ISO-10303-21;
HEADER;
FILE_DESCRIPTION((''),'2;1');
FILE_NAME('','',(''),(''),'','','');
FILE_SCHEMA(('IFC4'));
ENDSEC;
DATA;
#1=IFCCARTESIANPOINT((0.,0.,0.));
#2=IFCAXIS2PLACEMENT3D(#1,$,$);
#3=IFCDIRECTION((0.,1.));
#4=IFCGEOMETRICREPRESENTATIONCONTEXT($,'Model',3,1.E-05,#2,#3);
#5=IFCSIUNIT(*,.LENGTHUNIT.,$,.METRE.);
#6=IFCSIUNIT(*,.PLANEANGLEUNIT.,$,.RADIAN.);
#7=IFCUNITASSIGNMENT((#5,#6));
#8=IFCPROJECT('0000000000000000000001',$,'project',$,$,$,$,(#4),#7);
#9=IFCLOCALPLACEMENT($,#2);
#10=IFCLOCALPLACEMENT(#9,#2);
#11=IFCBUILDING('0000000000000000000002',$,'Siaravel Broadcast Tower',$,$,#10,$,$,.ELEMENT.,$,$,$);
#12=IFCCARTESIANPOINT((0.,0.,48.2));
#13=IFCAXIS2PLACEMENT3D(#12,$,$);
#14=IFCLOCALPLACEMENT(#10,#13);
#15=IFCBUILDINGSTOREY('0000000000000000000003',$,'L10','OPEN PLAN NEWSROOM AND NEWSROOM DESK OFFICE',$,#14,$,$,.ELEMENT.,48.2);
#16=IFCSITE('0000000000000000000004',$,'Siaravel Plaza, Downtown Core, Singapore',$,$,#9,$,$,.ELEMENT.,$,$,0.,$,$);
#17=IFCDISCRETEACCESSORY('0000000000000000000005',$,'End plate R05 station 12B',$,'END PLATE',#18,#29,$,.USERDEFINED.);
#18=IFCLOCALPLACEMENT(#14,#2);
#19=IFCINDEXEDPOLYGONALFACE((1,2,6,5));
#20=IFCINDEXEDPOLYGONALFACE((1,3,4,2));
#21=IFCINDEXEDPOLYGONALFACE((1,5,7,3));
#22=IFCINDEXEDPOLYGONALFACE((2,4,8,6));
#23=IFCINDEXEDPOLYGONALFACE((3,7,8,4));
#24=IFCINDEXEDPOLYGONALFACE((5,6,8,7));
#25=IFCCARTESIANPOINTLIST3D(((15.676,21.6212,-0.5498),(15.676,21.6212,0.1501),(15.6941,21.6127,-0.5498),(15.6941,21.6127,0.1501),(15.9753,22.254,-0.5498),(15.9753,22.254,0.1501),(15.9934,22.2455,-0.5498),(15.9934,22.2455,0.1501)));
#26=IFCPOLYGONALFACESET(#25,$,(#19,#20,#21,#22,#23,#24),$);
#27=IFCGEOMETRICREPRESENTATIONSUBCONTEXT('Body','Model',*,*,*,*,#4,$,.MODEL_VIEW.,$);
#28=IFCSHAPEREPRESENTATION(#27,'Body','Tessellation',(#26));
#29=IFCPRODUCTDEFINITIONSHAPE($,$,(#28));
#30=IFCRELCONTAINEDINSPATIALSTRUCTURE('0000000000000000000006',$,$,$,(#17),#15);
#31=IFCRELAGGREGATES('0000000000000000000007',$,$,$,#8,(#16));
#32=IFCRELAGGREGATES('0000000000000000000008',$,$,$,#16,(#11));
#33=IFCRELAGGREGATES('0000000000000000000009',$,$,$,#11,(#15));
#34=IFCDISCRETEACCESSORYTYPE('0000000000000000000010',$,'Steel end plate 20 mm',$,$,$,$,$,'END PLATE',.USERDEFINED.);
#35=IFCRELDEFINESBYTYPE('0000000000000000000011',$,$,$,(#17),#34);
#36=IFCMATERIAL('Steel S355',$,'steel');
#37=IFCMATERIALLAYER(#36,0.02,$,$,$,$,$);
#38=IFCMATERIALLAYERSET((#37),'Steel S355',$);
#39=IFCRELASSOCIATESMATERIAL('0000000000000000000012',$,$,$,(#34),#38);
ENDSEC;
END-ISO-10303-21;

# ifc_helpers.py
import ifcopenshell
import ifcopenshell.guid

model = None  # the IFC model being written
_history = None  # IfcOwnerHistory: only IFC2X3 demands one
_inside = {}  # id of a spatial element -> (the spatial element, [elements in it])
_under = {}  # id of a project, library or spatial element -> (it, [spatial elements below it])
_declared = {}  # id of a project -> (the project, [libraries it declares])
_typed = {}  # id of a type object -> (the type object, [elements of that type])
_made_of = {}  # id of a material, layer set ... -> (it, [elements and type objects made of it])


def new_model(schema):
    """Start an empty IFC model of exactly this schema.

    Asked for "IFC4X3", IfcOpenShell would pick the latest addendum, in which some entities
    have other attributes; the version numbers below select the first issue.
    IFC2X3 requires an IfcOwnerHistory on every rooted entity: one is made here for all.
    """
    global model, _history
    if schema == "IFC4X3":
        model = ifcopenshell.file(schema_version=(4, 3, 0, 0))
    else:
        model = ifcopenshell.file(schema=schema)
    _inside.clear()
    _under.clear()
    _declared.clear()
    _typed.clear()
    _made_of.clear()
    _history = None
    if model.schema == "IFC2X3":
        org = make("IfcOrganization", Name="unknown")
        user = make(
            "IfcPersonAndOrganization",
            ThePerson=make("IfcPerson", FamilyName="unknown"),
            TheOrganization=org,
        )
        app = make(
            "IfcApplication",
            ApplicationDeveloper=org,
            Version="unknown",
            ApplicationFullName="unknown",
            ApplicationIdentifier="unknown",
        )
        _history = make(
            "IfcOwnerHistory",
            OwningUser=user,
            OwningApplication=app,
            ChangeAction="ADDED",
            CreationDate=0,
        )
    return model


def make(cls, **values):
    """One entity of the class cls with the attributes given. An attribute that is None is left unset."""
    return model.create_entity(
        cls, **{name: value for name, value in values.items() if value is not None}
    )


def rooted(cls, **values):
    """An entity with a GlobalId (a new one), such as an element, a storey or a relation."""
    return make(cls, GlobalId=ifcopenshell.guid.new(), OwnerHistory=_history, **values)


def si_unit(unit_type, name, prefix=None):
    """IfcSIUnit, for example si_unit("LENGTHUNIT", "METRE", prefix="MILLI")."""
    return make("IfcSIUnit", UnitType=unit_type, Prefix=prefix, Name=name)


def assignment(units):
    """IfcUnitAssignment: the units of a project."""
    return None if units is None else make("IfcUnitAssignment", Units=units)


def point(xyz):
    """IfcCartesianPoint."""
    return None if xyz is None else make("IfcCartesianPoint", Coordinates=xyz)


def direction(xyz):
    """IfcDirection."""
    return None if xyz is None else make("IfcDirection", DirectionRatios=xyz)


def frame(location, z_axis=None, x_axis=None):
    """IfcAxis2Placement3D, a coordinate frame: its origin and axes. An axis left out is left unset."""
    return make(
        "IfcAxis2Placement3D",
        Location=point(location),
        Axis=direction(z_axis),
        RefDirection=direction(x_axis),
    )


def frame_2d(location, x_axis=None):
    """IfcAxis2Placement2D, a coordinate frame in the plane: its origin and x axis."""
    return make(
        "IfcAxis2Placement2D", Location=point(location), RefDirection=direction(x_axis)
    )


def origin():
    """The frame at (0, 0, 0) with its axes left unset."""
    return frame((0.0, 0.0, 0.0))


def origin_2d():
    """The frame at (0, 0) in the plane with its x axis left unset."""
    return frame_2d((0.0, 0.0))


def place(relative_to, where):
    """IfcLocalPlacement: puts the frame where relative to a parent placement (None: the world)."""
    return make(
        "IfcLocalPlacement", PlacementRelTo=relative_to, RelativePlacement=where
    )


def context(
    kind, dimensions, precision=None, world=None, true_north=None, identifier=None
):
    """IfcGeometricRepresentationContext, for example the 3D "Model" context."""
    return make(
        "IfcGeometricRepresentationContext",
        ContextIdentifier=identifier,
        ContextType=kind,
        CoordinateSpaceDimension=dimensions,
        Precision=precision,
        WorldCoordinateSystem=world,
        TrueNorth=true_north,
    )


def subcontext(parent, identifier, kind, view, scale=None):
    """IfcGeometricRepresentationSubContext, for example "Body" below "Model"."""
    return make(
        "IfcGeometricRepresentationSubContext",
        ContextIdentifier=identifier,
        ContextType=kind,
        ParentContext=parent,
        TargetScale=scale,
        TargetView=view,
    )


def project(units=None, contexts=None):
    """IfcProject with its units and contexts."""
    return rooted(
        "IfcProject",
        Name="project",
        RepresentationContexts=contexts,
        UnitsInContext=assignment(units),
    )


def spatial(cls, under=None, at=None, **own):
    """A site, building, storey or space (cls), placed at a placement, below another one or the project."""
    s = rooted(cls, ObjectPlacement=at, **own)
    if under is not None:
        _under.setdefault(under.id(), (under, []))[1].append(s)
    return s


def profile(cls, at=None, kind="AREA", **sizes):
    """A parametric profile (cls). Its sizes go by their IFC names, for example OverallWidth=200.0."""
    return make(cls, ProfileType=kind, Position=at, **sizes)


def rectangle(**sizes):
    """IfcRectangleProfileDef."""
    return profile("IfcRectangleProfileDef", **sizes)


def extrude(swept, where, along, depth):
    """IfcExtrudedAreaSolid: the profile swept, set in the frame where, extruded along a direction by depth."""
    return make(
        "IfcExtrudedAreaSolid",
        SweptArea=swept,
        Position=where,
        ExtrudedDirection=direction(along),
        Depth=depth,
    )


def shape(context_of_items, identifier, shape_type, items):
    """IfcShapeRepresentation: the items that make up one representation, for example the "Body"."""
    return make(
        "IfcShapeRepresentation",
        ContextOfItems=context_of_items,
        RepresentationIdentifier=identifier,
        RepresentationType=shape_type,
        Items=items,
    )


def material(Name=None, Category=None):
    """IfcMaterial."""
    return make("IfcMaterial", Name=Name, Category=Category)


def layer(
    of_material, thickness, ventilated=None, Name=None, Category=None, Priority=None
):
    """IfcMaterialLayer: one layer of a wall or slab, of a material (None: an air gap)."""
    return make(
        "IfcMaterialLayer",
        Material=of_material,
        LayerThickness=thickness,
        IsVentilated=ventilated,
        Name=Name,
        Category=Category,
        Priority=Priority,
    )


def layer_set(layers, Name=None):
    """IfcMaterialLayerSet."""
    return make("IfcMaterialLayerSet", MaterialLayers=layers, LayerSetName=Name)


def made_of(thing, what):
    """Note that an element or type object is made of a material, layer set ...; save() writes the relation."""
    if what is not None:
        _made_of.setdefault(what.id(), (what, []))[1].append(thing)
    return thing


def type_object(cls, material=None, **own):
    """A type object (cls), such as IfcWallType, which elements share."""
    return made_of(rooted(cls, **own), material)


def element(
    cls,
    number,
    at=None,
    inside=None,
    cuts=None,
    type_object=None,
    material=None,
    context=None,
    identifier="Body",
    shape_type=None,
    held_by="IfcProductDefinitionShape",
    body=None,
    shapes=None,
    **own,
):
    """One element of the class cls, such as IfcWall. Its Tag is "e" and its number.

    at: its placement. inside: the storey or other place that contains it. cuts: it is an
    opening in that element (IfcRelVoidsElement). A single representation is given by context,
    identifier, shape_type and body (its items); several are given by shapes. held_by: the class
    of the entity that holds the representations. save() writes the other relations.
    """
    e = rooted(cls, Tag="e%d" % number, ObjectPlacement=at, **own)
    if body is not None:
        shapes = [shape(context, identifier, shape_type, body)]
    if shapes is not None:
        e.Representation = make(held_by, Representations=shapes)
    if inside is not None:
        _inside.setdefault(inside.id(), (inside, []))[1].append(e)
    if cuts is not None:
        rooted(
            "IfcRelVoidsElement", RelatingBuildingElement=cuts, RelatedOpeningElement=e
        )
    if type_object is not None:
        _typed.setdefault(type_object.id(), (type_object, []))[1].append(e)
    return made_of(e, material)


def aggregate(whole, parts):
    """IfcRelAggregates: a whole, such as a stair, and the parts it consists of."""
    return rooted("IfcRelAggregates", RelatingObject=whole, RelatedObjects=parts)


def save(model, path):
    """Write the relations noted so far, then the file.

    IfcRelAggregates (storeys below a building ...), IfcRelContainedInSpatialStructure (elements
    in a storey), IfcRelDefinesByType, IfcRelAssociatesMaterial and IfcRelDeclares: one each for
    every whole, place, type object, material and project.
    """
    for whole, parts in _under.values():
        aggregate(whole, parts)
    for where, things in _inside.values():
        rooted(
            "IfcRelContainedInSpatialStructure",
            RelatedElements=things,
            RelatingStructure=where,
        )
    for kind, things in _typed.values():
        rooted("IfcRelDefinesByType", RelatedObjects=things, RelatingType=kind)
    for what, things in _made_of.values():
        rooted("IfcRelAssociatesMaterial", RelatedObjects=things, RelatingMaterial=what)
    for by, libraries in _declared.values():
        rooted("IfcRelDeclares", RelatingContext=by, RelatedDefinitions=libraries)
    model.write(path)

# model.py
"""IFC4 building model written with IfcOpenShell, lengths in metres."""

from ifc_helpers import new_model, si_unit, direction, frame, origin, origin_2d, place, context, subcontext, project, spatial, rectangle, extrude, material, layer, layer_set, type_object, element, save


model = new_model("IFC4")

# Units and contexts
model_context = context("Model", 3, precision=1e-05, world=origin(), true_north=direction((0.0, 1.0)))
body_context = subcontext(model_context, "Body", "Model", "MODEL_VIEW")
ifc_project = project(units=[si_unit("LENGTHUNIT", "METRE"), si_unit("PLANEANGLEUNIT", "RADIAN")], contexts=[model_context])

# Site, building, storey
site_placement = place(None, origin())
site = spatial("IfcSite", under=ifc_project, at=site_placement, Name="Siaravel Plaza, Downtown Core, Singapore", CompositionType="ELEMENT", RefElevation=0.0)
building_placement = place(site_placement, origin())
building = spatial("IfcBuilding", under=site, at=building_placement, Name="Siaravel Broadcast Tower", CompositionType="ELEMENT")
storey_placement = place(building_placement, frame((0.0, 0.0, 48.2)))
storey = spatial("IfcBuildingStorey", under=building, at=storey_placement, Name="L10", Description="OPEN PLAN NEWSROOM AND NEWSROOM DESK OFFICE", CompositionType="ELEMENT", Elevation=48.2)

# Shared definitions
ifc_material_1 = material(Name="Steel S355", Category="steel")

# Discrete accessory
ifc_layer_1 = layer(ifc_material_1, 0.02)
ifc_layer_set_1 = layer_set([ifc_layer_1], Name="Steel S355")
discrete_accessory_type_1 = type_object("IfcDiscreteAccessoryType", Name="Steel end plate 20 mm", ElementType="END PLATE", PredefinedType="USERDEFINED", material=ifc_layer_set_1)
for number, where, z_axis, x_axis, name in (
    (1, (15.8347, 21.9333, -0.5498), (0.0, 0.0, 1.0), (-0.904006, 0.427519, 0.0), "End plate R05 station 12B"),
):
    element("IfcDiscreteAccessory", number, at=place(storey_placement, frame(where, z_axis=z_axis, x_axis=x_axis)), inside=storey, type_object=discrete_accessory_type_1, Name=name, ObjectType="END PLATE", PredefinedType="USERDEFINED", context=body_context, shape_type="SweptSolid", body=[
        extrude(rectangle(XDim=0.02, YDim=0.7, at=origin_2d()), origin(), (0.0, 0.0, 1.0), 0.7),
    ])

save(model, "model.ifc")
